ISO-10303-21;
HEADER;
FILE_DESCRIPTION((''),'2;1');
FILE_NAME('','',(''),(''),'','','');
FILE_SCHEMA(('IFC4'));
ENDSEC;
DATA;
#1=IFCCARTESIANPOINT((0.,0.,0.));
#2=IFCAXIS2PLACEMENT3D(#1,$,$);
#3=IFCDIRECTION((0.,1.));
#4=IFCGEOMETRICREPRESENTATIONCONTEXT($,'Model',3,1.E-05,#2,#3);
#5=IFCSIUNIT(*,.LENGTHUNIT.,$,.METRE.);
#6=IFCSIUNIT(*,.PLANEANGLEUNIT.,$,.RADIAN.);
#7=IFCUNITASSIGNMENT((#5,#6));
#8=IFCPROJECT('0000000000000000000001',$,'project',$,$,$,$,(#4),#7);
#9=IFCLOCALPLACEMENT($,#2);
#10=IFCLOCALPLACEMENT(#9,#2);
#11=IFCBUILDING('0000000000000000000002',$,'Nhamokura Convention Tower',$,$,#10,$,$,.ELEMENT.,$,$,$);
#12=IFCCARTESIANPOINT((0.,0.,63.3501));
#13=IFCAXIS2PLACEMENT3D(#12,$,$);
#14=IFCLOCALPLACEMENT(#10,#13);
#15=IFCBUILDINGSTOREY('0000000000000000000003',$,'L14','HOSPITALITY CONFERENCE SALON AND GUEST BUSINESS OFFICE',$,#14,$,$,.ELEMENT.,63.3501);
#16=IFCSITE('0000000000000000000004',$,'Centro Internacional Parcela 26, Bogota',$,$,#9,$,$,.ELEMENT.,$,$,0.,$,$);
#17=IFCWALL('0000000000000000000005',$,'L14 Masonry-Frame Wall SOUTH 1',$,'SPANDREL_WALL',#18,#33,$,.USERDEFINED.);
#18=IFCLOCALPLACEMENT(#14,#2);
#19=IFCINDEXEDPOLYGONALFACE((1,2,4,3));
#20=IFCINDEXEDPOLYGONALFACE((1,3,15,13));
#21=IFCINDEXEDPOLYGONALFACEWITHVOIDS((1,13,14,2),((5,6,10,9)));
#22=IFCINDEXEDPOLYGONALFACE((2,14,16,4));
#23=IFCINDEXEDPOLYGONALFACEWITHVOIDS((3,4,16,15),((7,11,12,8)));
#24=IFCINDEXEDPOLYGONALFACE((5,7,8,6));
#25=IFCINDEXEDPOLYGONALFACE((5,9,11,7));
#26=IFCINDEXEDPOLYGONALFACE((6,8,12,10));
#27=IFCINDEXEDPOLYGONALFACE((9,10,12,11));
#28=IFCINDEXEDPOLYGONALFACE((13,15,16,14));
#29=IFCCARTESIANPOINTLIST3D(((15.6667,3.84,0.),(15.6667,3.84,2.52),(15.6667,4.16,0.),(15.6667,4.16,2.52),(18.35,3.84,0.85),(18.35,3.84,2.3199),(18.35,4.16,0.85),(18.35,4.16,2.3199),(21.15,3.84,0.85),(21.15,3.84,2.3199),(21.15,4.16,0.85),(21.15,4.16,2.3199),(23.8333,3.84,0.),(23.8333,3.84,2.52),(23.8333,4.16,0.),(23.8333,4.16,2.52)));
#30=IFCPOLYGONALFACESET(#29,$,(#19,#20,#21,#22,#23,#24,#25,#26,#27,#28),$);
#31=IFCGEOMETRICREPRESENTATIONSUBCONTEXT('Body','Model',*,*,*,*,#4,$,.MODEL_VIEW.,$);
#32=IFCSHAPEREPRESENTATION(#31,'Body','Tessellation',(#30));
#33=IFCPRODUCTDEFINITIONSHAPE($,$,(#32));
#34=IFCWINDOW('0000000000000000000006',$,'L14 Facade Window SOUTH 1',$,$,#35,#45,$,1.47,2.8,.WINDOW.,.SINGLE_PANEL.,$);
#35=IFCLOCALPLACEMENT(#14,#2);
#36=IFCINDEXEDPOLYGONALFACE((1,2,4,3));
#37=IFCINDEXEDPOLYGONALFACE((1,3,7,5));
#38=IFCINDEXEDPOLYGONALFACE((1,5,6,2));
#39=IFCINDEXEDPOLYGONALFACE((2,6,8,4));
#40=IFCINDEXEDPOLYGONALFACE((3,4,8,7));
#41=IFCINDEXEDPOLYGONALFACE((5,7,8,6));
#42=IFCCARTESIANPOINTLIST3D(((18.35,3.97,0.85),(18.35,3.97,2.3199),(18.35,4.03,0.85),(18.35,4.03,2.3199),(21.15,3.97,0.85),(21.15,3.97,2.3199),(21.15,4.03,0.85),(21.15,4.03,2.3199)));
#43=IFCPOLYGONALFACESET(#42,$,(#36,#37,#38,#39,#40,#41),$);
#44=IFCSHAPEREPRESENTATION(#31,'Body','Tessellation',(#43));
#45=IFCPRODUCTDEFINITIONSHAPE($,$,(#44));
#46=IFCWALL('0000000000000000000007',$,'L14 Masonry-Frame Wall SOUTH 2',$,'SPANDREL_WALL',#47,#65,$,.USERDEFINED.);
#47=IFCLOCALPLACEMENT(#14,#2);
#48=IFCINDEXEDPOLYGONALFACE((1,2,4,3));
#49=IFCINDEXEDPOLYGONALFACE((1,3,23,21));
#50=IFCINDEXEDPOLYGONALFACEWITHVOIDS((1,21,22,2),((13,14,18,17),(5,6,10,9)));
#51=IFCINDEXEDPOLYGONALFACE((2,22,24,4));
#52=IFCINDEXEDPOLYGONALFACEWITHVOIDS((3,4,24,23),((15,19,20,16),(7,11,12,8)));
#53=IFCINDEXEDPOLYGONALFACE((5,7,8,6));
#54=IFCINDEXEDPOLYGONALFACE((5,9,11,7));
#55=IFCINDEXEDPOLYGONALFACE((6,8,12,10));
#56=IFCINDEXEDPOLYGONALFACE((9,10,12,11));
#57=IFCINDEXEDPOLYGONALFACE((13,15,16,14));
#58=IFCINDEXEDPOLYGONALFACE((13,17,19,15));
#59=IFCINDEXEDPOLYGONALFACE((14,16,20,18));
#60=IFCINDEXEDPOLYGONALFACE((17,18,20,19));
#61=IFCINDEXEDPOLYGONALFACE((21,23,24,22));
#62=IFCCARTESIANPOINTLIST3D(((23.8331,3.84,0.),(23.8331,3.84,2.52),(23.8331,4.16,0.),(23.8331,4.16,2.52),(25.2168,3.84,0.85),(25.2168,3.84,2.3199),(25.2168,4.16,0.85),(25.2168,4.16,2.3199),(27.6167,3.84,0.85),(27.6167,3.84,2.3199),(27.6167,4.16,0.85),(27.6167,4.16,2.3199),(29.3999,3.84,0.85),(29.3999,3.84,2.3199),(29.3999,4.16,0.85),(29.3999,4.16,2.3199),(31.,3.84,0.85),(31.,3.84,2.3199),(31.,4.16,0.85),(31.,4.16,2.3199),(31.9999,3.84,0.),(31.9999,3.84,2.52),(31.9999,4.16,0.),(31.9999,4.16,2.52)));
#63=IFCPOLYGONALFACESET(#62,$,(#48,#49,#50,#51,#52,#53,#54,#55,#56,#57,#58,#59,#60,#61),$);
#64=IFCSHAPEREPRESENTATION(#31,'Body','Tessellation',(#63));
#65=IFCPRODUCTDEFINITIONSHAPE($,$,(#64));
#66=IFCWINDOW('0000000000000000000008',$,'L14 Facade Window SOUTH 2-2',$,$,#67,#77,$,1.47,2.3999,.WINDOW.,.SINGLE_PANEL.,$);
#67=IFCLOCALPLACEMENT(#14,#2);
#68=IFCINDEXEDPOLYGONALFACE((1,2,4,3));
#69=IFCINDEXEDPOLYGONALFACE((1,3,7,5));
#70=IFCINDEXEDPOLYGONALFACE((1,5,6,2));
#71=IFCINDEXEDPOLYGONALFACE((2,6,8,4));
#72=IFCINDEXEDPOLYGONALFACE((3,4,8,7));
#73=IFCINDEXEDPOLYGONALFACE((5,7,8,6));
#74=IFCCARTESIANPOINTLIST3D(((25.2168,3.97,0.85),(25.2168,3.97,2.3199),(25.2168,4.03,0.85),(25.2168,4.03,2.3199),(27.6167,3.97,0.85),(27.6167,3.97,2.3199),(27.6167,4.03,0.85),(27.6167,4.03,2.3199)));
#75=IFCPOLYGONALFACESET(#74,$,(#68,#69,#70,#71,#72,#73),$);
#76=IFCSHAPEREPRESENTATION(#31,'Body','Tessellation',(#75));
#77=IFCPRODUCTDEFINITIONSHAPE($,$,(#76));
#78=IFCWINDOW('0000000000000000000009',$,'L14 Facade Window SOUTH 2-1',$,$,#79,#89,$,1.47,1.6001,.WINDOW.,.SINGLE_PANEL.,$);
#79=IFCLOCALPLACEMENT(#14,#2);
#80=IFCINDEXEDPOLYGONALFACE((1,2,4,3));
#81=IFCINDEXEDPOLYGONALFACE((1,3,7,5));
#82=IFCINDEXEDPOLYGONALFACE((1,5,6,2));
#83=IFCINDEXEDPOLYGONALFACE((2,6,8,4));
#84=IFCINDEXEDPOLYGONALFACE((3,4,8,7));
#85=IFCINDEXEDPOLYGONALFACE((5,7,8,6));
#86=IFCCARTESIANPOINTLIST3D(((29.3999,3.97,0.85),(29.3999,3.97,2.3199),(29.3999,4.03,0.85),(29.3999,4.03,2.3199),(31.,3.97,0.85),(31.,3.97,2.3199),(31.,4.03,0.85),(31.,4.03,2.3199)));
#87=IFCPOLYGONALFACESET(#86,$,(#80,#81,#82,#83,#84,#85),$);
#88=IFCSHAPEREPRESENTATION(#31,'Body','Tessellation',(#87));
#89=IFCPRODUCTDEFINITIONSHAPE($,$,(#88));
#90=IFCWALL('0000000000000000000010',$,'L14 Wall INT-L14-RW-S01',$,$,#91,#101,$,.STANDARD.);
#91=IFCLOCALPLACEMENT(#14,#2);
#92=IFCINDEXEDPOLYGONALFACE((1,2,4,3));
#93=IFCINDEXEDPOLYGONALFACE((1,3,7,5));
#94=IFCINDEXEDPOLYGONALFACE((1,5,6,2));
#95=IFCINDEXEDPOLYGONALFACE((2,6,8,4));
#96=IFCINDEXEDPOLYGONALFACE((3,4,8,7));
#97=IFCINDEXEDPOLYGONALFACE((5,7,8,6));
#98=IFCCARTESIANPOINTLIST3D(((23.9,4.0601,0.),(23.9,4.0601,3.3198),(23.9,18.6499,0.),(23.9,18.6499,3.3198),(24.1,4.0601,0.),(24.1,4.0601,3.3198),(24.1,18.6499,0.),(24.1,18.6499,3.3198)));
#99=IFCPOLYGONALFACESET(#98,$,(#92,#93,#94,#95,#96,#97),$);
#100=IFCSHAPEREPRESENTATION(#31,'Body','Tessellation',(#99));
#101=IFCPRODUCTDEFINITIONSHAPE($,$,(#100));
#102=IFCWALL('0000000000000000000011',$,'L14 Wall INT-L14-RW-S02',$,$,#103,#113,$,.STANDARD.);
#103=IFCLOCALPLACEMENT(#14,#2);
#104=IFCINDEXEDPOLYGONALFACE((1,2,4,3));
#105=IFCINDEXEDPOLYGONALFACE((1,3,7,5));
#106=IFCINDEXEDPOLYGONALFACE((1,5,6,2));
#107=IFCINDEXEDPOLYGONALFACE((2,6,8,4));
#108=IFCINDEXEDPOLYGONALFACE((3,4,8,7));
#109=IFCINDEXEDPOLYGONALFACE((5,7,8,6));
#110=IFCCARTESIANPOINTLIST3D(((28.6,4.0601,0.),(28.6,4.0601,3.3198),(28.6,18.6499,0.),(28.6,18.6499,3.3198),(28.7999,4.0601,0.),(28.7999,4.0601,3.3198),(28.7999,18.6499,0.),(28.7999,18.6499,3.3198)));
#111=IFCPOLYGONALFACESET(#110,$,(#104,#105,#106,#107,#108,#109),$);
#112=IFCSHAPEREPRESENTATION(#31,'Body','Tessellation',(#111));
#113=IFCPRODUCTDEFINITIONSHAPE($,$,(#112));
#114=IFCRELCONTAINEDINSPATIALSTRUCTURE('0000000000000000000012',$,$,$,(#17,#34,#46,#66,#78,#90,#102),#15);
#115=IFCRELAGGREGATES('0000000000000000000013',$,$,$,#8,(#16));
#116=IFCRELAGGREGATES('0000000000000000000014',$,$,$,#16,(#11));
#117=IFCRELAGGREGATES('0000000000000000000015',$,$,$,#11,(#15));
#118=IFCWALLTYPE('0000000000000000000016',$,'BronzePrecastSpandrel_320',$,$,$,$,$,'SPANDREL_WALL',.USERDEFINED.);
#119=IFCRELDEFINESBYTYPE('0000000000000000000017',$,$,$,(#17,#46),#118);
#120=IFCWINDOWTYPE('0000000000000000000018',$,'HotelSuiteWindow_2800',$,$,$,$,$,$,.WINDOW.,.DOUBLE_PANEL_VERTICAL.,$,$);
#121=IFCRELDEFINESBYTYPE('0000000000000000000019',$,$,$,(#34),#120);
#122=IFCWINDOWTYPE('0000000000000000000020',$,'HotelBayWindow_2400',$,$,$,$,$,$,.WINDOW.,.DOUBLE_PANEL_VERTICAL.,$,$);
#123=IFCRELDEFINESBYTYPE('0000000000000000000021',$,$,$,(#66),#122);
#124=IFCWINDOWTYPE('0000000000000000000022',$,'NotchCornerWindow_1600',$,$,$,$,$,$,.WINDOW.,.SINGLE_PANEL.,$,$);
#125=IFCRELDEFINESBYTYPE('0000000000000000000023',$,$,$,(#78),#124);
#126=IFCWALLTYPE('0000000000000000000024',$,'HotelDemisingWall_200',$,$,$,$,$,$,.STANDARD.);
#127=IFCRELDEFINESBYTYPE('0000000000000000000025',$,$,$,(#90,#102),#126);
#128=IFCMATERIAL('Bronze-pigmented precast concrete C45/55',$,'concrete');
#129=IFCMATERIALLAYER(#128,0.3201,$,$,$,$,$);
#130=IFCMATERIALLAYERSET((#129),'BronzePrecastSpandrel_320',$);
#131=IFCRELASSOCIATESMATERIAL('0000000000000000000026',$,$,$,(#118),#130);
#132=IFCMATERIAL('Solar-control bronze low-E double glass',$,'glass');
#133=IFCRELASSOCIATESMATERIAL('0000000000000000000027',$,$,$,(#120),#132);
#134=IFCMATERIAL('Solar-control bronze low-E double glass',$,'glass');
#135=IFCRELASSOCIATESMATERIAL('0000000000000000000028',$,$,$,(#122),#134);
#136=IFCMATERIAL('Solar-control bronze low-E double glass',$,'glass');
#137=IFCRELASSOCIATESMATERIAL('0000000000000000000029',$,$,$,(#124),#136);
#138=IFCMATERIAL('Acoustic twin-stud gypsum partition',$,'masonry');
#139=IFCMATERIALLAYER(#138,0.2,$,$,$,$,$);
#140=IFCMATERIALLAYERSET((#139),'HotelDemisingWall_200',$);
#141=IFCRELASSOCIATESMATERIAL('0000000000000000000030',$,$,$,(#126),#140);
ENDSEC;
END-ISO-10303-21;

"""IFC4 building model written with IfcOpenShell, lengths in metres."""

from ifc_helpers import new_model, si_unit, direction, frame, frame_2d, origin, place, context, subcontext, project, spatial, rectangle, extrude, material, layer, layer_set, type_object, element, fill, save


model = new_model("IFC4")

# Units and contexts
model_context = context("Model", 3, precision=1e-05, world=origin(), true_north=direction((0.0, 1.0)))
body_context = subcontext(model_context, "Body", "Model", "MODEL_VIEW")
ifc_project = project(units=[si_unit("LENGTHUNIT", "METRE"), si_unit("PLANEANGLEUNIT", "RADIAN")], contexts=[model_context])

# Site, building, storey
site_placement = place(None, origin())
site = spatial("IfcSite", under=ifc_project, at=site_placement, Name="Centro Internacional Parcela 26, Bogota", CompositionType="ELEMENT", RefElevation=0.0)
building_placement = place(site_placement, origin())
building = spatial("IfcBuilding", under=site, at=building_placement, Name="Nhamokura Convention Tower", CompositionType="ELEMENT")
storey_placement = place(building_placement, frame((0.0, 0.0, 63.3501)))
storey = spatial("IfcBuildingStorey", under=building, at=storey_placement, Name="L14", Description="HOSPITALITY CONFERENCE SALON AND GUEST BUSINESS OFFICE", CompositionType="ELEMENT", Elevation=63.3501)

# Shared definitions
ifc_material_1 = material(Name="Bronze-pigmented precast concrete C45/55", Category="concrete")
ifc_layer_1 = layer(ifc_material_1, 0.3201)
ifc_layer_set_1 = layer_set([ifc_layer_1], Name="BronzePrecastSpandrel_320")
wall_type_1 = type_object("IfcWallType", Name="BronzePrecastSpandrel_320", ElementType="SPANDREL_WALL", PredefinedType="USERDEFINED", material=ifc_layer_set_1)

# Wall, opening, window
wall_1_placement = place(storey_placement, frame((23.8333, 4.0, 0.0), z_axis=(0.0, 0.0, 1.0), x_axis=(-1.0, 0.0, 0.0)))
wall_1 = element("IfcWall", 1, at=wall_1_placement, inside=storey, type_object=wall_type_1, Name="L14 Masonry-Frame Wall SOUTH 1", ObjectType="SPANDREL_WALL", PredefinedType="USERDEFINED", context=body_context, shape_type="SweptSolid", body=[
    extrude(rectangle(XDim=8.1665, YDim=0.3201, at=frame_2d((4.0833, 0.0))), origin(), (0.0, 0.0, 1.0), 2.52),
])
opening_1_placement = place(wall_1_placement, frame((2.6833, 0.0, 0.8501)))
opening_1 = element("IfcOpeningElement", 2, at=opening_1_placement, cuts=wall_1, PredefinedType="OPENING", context=body_context, shape_type="SweptSolid", body=[
    extrude(rectangle(XDim=2.8, YDim=1.47, at=frame_2d((1.3999, 0.7349))), frame((0.0, 0.1699, 0.0), z_axis=(0.0, -1.0, 0.0), x_axis=(1.0, 0.0, 0.0)), (0.0, 0.0, 1.0), 0.3401),
])
ifc_material_2 = material(Name="Solar-control bronze low-E double glass", Category="glass")
window_type_1 = type_object("IfcWindowType", Name="HotelSuiteWindow_2800", PartitioningType="DOUBLE_PANEL_VERTICAL", PredefinedType="WINDOW", material=ifc_material_2)
window_1_placement = place(opening_1_placement, origin())
window_1 = element("IfcWindow", 3, at=window_1_placement, inside=storey, type_object=window_type_1, Name="L14 Facade Window SOUTH 1", OverallHeight=1.47, OverallWidth=2.8, PartitioningType="SINGLE_PANEL", PredefinedType="WINDOW", context=body_context, shape_type="SweptSolid", body=[
    extrude(rectangle(XDim=2.8, YDim=1.47, at=frame_2d((1.3999, 0.7349))), frame((0.0, 0.03, 0.0), z_axis=(0.0, -1.0, 0.0), x_axis=(1.0, 0.0, 0.0)), (0.0, 0.0, 1.0), 0.0601),
])
fill(opening_1, window_1)

# Wall, openings, windows
wall_2_placement = place(storey_placement, frame((32.0, 4.0, 0.0), z_axis=(0.0, 0.0, 1.0), x_axis=(-1.0, 0.0, 0.0)))
wall_2 = element("IfcWall", 4, at=wall_2_placement, inside=storey, type_object=wall_type_1, Name="L14 Masonry-Frame Wall SOUTH 2", ObjectType="SPANDREL_WALL", PredefinedType="USERDEFINED", context=body_context, shape_type="SweptSolid", body=[
    extrude(rectangle(XDim=8.1667, YDim=0.3201, at=frame_2d((4.0835, 0.0))), origin(), (0.0, 0.0, 1.0), 2.52),
])
opening_2_placement = place(wall_2_placement, frame((1.0, 0.0, 0.8501)))
opening_2 = element("IfcOpeningElement", 5, at=opening_2_placement, cuts=wall_2, PredefinedType="OPENING", context=body_context, shape_type="SweptSolid", body=[
    extrude(rectangle(XDim=1.6001, YDim=1.47, at=frame_2d((0.8, 0.7349))), frame((0.0, 0.1699, 0.0), z_axis=(0.0, -1.0, 0.0), x_axis=(1.0, 0.0, 0.0)), (0.0, 0.0, 1.0), 0.3401),
])
opening_3_placement = place(wall_2_placement, frame((4.3833, 0.0, 0.8501)))
opening_3 = element("IfcOpeningElement", 6, at=opening_3_placement, cuts=wall_2, PredefinedType="OPENING", context=body_context, shape_type="SweptSolid", body=[
    extrude(rectangle(XDim=2.3999, YDim=1.47, at=frame_2d((1.2, 0.7349))), frame((0.0, 0.1699, 0.0), z_axis=(0.0, -1.0, 0.0), x_axis=(1.0, 0.0, 0.0)), (0.0, 0.0, 1.0), 0.3401),
])
ifc_material_3 = material(Name="Solar-control bronze low-E double glass", Category="glass")
window_type_2 = type_object("IfcWindowType", Name="HotelBayWindow_2400", PartitioningType="DOUBLE_PANEL_VERTICAL", PredefinedType="WINDOW", material=ifc_material_3)
window_2_placement = place(opening_3_placement, origin())
window_2 = element("IfcWindow", 7, at=window_2_placement, inside=storey, type_object=window_type_2, Name="L14 Facade Window SOUTH 2-2", OverallHeight=1.47, OverallWidth=2.3999, PartitioningType="SINGLE_PANEL", PredefinedType="WINDOW", context=body_context, shape_type="SweptSolid", body=[
    extrude(rectangle(XDim=2.3999, YDim=1.47, at=frame_2d((1.2, 0.7349))), frame((0.0, 0.03, 0.0), z_axis=(0.0, -1.0, 0.0), x_axis=(1.0, 0.0, 0.0)), (0.0, 0.0, 1.0), 0.0601),
])
fill(opening_3, window_2)
ifc_material_4 = material(Name="Solar-control bronze low-E double glass", Category="glass")
window_type_3 = type_object("IfcWindowType", Name="NotchCornerWindow_1600", PartitioningType="SINGLE_PANEL", PredefinedType="WINDOW", material=ifc_material_4)
window_3_placement = place(opening_2_placement, origin())
window_3 = element("IfcWindow", 8, at=window_3_placement, inside=storey, type_object=window_type_3, Name="L14 Facade Window SOUTH 2-1", OverallHeight=1.47, OverallWidth=1.6001, PartitioningType="SINGLE_PANEL", PredefinedType="WINDOW", context=body_context, shape_type="SweptSolid", body=[
    extrude(rectangle(XDim=1.6001, YDim=1.47, at=frame_2d((0.8, 0.7349))), frame((0.0, 0.03, 0.0), z_axis=(0.0, -1.0, 0.0), x_axis=(1.0, 0.0, 0.0)), (0.0, 0.0, 1.0), 0.0601),
])
fill(opening_2, window_3)

# Walls
ifc_material_5 = material(Name="Acoustic twin-stud gypsum partition", Category="masonry")
ifc_layer_2 = layer(ifc_material_5, 0.2)
ifc_layer_set_2 = layer_set([ifc_layer_2], Name="HotelDemisingWall_200")
wall_type_2 = type_object("IfcWallType", Name="HotelDemisingWall_200", PredefinedType="STANDARD", material=ifc_layer_set_2)
for number, where, z_axis, x_axis, name in (
    (9, (24.0, 4.0601, 0.0), (0.0, 0.0, 1.0), (0.0, 1.0, 0.0), "L14 Wall INT-L14-RW-S01"),
    (10, (28.7, 4.0601, 0.0), (0.0, 0.0, 1.0), (0.0, 1.0, 0.0), "L14 Wall INT-L14-RW-S02"),
):
    element("IfcWall", number, at=place(storey_placement, frame(where, z_axis=z_axis, x_axis=x_axis)), inside=storey, type_object=wall_type_2, Name=name, PredefinedType="STANDARD", context=body_context, shape_type="SweptSolid", body=[
        extrude(rectangle(XDim=14.5898, YDim=0.2, at=frame_2d((7.2949, 0.0))), origin(), (0.0, 0.0, 1.0), 3.3198),
    ])

save(model, "model.ifc")
